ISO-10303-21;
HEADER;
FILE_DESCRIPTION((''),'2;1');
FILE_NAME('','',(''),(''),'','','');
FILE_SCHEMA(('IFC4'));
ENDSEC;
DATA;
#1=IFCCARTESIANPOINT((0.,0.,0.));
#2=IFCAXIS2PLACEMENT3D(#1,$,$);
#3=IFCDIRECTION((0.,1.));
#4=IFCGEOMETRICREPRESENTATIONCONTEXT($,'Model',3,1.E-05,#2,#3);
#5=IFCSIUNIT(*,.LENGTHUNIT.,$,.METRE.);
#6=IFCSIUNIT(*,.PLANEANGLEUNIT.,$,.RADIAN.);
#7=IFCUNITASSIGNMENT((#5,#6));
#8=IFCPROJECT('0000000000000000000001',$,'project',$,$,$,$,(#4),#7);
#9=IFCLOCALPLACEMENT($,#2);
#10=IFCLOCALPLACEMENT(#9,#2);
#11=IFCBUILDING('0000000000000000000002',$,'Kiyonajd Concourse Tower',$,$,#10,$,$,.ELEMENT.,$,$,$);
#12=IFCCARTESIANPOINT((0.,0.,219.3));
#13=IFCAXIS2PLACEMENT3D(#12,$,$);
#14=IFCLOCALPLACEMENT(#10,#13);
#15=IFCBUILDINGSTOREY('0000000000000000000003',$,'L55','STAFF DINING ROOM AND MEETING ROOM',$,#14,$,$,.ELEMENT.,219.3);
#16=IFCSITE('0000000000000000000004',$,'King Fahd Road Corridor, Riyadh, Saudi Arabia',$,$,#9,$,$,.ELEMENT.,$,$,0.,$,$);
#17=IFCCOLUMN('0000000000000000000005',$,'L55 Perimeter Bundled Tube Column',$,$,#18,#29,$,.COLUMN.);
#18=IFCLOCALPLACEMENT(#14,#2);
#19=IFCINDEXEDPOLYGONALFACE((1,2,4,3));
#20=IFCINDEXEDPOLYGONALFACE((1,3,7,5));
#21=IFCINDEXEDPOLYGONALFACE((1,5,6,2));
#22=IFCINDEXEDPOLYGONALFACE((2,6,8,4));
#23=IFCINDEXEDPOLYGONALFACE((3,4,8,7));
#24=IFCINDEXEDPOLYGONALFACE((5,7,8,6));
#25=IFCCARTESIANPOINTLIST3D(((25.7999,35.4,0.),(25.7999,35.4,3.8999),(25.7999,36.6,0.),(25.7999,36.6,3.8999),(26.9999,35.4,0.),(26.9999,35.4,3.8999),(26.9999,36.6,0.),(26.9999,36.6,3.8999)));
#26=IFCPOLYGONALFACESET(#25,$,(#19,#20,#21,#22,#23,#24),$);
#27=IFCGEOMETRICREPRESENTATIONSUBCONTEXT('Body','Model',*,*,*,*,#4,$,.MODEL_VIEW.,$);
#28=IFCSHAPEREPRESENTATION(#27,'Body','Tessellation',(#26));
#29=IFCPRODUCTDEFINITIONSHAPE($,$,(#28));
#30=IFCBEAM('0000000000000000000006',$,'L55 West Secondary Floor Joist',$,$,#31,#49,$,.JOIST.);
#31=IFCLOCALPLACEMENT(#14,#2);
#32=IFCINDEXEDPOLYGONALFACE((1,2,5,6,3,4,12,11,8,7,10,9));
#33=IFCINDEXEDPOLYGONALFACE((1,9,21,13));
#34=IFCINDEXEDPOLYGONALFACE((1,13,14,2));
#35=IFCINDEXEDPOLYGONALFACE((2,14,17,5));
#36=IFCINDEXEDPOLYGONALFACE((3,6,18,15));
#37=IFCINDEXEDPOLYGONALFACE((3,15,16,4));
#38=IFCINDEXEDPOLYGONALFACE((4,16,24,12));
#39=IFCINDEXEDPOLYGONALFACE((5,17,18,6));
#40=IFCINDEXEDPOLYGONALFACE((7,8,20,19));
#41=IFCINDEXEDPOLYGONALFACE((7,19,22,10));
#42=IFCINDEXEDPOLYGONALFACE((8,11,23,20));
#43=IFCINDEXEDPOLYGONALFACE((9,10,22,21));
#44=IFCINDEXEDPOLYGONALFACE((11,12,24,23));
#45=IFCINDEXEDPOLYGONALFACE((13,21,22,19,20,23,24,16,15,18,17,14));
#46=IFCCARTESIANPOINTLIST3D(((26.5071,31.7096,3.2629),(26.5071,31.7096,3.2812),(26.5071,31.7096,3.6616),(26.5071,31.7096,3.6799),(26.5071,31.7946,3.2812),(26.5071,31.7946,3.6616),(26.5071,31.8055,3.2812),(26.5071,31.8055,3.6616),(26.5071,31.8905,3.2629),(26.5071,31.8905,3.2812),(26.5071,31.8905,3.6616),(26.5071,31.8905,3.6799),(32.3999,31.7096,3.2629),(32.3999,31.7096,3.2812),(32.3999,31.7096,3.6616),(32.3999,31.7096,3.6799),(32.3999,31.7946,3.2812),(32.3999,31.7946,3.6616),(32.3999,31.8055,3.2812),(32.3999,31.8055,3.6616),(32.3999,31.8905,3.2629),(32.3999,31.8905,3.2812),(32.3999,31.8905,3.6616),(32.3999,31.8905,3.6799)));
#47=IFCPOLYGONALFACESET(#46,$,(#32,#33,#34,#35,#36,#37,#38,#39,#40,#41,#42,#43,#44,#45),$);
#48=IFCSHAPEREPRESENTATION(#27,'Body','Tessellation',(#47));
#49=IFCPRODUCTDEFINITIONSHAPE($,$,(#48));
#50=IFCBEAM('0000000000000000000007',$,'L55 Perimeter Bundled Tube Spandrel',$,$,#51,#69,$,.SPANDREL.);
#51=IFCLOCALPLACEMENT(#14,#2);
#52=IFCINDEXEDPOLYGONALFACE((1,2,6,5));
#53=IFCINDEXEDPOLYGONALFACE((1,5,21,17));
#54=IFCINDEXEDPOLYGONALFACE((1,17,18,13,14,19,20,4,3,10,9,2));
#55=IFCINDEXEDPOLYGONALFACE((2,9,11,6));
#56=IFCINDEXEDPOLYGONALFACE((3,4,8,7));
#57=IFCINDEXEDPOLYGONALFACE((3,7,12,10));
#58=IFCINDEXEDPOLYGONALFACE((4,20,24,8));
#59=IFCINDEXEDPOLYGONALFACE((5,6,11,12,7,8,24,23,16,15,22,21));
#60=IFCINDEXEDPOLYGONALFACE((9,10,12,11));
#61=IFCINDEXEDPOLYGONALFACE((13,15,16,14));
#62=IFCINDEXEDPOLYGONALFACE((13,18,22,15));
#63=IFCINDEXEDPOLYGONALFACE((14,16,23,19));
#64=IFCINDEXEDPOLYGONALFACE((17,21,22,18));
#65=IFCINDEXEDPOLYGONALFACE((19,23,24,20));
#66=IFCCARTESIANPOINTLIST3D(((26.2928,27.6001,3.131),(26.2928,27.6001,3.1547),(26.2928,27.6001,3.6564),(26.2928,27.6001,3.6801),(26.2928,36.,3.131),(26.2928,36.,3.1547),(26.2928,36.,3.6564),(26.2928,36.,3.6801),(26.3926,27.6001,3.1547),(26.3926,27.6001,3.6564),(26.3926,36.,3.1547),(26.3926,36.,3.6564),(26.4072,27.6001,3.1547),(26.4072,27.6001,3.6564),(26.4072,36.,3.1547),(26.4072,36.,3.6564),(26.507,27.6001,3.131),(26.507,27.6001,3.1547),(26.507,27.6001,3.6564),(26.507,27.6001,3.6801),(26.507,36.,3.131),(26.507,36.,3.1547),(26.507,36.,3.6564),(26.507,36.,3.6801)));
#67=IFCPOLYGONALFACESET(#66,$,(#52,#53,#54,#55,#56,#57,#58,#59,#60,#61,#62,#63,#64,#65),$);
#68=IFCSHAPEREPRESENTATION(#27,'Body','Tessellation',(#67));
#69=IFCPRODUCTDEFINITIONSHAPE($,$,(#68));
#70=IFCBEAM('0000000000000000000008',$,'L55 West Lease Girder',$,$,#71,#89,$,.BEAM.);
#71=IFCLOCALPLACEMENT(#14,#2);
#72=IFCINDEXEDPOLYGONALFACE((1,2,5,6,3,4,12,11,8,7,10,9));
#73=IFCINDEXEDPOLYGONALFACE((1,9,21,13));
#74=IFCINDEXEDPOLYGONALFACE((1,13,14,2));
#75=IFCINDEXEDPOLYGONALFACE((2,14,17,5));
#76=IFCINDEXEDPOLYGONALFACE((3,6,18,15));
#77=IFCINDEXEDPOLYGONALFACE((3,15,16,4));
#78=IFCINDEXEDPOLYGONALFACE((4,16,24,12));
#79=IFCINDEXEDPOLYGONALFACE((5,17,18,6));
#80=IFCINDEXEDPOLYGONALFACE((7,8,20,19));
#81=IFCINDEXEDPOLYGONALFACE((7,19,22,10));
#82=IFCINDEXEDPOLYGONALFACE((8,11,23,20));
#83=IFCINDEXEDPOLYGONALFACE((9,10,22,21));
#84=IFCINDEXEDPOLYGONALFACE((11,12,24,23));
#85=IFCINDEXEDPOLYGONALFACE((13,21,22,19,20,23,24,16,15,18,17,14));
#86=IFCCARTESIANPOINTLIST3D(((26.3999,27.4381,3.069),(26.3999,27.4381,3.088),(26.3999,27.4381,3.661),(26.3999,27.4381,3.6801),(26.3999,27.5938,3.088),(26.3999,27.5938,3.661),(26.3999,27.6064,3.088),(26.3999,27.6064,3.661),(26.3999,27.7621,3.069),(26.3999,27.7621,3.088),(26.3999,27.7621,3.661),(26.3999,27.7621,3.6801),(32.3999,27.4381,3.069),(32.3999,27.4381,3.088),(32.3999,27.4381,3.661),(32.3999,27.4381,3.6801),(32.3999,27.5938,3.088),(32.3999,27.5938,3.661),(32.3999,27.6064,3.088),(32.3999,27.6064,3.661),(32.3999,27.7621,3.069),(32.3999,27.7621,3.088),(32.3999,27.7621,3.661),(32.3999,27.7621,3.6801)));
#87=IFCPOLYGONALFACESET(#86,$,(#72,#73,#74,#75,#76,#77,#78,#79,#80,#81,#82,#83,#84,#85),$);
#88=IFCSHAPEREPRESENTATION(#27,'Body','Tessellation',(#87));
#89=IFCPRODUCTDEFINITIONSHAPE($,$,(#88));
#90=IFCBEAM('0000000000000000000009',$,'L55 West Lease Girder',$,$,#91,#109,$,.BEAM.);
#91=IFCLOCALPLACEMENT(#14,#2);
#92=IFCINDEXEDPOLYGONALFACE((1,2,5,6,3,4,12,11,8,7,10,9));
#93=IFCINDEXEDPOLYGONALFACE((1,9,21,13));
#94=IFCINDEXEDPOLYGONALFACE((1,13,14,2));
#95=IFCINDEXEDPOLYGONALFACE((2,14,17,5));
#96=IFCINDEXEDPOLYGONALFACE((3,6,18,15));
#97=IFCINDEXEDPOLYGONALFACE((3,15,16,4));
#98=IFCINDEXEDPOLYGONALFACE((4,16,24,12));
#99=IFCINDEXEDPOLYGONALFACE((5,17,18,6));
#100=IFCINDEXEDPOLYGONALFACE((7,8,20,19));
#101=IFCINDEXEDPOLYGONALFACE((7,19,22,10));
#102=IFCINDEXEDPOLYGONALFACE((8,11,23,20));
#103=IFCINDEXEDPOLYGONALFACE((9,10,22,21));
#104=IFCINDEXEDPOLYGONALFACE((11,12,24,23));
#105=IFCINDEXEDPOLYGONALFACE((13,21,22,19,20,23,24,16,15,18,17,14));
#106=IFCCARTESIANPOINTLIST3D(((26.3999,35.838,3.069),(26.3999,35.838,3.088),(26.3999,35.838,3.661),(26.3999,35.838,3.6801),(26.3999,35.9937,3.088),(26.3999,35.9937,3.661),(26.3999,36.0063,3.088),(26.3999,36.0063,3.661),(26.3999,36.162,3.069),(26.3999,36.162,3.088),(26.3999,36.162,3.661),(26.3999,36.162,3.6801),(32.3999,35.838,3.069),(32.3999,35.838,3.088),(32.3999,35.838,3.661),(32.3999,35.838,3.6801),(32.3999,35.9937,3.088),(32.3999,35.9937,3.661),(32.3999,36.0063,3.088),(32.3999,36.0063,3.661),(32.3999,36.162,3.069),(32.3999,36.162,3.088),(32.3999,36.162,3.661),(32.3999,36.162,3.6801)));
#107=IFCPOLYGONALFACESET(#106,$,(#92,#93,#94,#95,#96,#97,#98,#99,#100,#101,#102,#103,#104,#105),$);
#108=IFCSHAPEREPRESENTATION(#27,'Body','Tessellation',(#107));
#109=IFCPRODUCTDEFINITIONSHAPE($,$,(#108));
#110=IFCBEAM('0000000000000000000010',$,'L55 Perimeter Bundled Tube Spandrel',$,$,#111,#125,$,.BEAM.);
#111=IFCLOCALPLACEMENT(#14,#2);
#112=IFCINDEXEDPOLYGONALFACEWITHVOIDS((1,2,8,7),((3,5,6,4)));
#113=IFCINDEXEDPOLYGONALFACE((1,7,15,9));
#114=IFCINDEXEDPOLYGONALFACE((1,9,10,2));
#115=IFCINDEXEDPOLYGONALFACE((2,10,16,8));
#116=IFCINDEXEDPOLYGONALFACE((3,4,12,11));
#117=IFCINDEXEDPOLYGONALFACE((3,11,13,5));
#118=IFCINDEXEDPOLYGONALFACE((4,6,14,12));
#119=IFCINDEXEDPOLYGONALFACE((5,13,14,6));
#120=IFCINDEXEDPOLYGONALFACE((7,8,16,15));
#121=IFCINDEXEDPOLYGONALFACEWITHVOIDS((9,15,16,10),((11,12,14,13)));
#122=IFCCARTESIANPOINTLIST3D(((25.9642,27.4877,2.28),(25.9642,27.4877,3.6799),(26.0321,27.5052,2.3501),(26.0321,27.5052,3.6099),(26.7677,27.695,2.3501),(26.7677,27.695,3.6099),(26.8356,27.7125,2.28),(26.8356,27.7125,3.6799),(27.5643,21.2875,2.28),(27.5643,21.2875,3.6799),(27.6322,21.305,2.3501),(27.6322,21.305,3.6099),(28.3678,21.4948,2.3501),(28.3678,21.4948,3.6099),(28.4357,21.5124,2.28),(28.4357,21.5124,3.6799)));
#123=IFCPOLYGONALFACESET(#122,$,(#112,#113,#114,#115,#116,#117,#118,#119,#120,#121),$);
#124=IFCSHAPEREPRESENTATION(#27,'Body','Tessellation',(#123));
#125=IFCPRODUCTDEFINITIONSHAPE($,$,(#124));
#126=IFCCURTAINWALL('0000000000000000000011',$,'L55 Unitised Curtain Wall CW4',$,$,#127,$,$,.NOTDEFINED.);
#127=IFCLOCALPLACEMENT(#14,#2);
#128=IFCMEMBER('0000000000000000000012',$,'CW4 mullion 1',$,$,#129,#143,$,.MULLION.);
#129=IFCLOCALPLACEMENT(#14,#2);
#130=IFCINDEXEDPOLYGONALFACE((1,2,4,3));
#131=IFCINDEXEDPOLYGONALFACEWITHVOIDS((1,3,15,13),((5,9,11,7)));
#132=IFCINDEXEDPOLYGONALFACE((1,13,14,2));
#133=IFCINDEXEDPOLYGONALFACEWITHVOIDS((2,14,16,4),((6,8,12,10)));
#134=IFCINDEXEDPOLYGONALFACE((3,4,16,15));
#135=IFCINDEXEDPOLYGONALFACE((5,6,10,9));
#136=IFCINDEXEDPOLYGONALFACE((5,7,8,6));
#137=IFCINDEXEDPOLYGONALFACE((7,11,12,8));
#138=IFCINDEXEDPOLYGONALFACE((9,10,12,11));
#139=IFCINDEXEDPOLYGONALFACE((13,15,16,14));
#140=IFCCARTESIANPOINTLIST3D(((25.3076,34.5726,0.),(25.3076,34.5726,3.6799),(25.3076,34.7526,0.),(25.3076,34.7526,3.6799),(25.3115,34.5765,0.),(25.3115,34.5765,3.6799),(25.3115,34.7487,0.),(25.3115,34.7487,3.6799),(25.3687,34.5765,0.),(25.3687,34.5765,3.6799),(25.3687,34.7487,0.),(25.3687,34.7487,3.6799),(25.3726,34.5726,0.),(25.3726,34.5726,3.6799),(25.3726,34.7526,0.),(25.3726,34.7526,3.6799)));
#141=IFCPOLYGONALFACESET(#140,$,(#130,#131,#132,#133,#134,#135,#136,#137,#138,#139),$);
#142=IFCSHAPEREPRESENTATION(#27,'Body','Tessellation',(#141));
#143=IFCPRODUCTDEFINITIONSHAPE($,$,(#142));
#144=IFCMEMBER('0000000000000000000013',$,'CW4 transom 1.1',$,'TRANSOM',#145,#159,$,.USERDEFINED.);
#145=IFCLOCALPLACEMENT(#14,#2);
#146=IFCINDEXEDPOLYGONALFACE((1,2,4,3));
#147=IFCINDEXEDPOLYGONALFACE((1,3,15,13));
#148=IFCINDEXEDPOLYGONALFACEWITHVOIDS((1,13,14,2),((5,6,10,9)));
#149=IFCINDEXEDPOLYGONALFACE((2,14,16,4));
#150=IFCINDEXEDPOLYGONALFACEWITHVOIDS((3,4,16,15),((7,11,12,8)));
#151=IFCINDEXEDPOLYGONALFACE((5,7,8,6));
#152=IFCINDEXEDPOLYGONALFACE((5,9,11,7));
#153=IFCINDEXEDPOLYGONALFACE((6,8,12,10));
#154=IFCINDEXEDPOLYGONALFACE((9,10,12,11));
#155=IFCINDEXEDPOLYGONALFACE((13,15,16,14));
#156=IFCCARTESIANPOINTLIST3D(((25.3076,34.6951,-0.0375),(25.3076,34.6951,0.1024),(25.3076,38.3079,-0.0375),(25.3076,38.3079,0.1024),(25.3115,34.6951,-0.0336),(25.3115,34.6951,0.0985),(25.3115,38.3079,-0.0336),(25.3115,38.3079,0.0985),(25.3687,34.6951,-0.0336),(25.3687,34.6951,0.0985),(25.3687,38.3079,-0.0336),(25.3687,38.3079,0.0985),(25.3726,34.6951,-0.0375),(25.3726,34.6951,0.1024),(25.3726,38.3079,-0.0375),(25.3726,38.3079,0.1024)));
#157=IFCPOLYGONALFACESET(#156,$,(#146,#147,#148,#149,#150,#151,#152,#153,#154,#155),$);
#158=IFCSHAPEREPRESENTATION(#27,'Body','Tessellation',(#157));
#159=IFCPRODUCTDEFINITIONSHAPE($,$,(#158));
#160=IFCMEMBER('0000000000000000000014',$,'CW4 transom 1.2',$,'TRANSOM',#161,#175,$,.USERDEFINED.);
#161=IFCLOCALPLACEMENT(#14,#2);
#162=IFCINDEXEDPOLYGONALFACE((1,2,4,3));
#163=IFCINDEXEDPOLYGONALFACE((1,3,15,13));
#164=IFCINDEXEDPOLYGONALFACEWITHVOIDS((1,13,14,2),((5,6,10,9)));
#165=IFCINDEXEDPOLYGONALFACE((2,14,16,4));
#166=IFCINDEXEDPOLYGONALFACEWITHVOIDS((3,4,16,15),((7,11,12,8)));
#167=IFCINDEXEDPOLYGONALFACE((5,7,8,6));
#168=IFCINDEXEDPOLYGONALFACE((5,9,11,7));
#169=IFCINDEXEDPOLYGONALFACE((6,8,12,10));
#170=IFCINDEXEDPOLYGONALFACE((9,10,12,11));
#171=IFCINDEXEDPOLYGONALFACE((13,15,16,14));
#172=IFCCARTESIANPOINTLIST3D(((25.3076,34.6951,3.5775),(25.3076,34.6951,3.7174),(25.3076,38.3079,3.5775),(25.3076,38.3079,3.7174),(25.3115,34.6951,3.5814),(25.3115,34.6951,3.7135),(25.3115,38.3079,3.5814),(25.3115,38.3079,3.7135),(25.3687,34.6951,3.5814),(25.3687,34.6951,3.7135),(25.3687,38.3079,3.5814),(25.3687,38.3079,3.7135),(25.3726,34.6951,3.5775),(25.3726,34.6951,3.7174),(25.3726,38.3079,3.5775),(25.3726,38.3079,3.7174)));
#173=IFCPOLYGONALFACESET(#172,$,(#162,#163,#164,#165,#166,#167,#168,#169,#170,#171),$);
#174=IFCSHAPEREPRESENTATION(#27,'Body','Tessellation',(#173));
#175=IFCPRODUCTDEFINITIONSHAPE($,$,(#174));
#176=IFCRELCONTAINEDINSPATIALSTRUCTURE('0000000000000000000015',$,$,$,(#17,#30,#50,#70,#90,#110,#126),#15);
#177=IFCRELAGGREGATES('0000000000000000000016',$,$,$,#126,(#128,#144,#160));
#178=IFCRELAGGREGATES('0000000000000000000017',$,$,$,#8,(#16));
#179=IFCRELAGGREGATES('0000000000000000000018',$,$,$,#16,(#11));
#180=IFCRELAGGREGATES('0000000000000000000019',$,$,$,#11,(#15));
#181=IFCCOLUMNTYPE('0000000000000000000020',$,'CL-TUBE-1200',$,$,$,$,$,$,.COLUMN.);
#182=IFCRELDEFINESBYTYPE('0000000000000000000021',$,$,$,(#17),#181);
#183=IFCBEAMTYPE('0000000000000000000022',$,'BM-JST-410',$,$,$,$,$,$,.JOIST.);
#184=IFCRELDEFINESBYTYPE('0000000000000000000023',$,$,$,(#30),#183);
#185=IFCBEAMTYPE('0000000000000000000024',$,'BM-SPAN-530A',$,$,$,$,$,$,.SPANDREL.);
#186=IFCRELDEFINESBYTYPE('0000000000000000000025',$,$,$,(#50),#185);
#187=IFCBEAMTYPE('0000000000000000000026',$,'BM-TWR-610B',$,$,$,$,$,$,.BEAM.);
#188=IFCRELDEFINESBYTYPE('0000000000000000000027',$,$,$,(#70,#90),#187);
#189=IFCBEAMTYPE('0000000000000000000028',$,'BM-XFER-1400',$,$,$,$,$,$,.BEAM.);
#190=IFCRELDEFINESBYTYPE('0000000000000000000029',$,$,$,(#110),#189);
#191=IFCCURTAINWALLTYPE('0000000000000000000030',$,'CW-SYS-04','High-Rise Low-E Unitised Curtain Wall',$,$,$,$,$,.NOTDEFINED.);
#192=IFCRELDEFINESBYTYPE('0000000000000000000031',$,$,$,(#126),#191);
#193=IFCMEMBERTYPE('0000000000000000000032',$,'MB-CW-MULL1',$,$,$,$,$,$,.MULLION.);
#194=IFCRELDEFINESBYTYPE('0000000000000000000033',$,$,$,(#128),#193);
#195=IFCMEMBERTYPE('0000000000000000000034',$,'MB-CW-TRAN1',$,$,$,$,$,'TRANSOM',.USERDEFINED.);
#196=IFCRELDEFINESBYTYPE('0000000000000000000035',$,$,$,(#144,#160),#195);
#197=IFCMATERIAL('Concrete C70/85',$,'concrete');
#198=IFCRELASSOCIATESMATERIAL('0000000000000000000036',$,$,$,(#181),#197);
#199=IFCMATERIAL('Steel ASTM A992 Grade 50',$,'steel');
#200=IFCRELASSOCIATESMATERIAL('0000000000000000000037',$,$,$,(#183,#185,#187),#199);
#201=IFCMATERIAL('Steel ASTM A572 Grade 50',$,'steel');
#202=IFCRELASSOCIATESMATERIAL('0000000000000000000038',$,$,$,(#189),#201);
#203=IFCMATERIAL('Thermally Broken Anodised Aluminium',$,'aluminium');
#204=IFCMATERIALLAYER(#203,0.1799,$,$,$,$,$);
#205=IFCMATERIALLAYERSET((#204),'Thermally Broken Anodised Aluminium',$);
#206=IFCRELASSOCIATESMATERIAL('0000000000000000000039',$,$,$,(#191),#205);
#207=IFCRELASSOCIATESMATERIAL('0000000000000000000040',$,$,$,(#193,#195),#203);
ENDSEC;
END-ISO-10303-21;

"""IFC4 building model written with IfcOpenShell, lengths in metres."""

from ifc_helpers import new_model, si_unit, direction, frame, origin, origin_2d, place, context, subcontext, project, spatial, rectangle, hollow_rectangle, i_section, extrude, material, layer, layer_set, material_profile, profile_set, type_object, element, aggregate, save


model = new_model("IFC4")

# Units and contexts
model_context = context("Model", 3, precision=1e-05, world=origin(), true_north=direction((0.0, 1.0)))
body_context = subcontext(model_context, "Body", "Model", "MODEL_VIEW")
ifc_project = project(units=[si_unit("LENGTHUNIT", "METRE"), si_unit("PLANEANGLEUNIT", "RADIAN")], contexts=[model_context])

# Site, building, storey
site_placement = place(None, origin())
site = spatial("IfcSite", under=ifc_project, at=site_placement, Name="King Fahd Road Corridor, Riyadh, Saudi Arabia", CompositionType="ELEMENT", RefElevation=0.0)
building_placement = place(site_placement, origin())
building = spatial("IfcBuilding", under=site, at=building_placement, Name="Kiyonajd Concourse Tower", CompositionType="ELEMENT")
storey_placement = place(building_placement, frame((0.0, 0.0, 219.3)))
storey = spatial("IfcBuildingStorey", under=building, at=storey_placement, Name="L55", Description="STAFF DINING ROOM AND MEETING ROOM", CompositionType="ELEMENT", Elevation=219.3)

# Column
ifc_material_1 = material(Name="Concrete C70/85", Category="concrete")
ifc_material_profile_1 = material_profile(ifc_material_1, rectangle(XDim=1.2, YDim=1.2, at=origin_2d()), Name="RC-1200x1200")
ifc_profile_set_1 = profile_set([ifc_material_profile_1], Name="Concrete C70/85")
column_type = type_object("IfcColumnType", Name="CL-TUBE-1200", PredefinedType="COLUMN", material=ifc_profile_set_1)
column_placement = place(storey_placement, frame((26.3999, 36.0, 0.0), z_axis=(0.0, 0.0, 1.0), x_axis=(1.0, 0.0, 0.0)))
element("IfcColumn", 1, at=column_placement, inside=storey, type_object=column_type, Name="L55 Perimeter Bundled Tube Column", PredefinedType="COLUMN", context=body_context, shape_type="SweptSolid", body=[
    extrude(rectangle(XDim=1.2, YDim=1.2, at=origin_2d()), origin(), (0.0, 0.0, 1.0), 3.8999),
])

# Beams
ifc_material_2 = material(Name="Steel ASTM A992 Grade 50", Category="steel")
ifc_material_profile_2 = material_profile(ifc_material_2, i_section(OverallWidth=0.1809, OverallDepth=0.417, WebThickness=0.011, FlangeThickness=0.0183, at=origin_2d()), Name="W410X85")
ifc_profile_set_2 = profile_set([ifc_material_profile_2], Name="Steel ASTM A992 Grade 50")
beam_type_1 = type_object("IfcBeamType", Name="BM-JST-410", PredefinedType="JOIST", material=ifc_profile_set_2)
beam_1_placement = place(storey_placement, frame((26.5071, 31.8, 3.4714), z_axis=(1.0, 0.0, 0.0), x_axis=(0.0, 1.0, 0.0)))
element("IfcBeam", 2, at=beam_1_placement, inside=storey, type_object=beam_type_1, Name="L55 West Secondary Floor Joist", PredefinedType="JOIST", context=body_context, shape_type="SweptSolid", body=[
    extrude(i_section(OverallWidth=0.1809, OverallDepth=0.417, WebThickness=0.011, FlangeThickness=0.0183, at=origin_2d()), origin(), (0.0, 0.0, 1.0), 5.8928),
])
ifc_material_profile_3 = material_profile(ifc_material_2, i_section(OverallWidth=0.2141, OverallDepth=0.5491, WebThickness=0.0146, FlangeThickness=0.0237, at=origin_2d()), Name="W530X138")
ifc_profile_set_3 = profile_set([ifc_material_profile_3], Name="Steel ASTM A992 Grade 50")
beam_type_2 = type_object("IfcBeamType", Name="BM-SPAN-530A", PredefinedType="SPANDREL", material=ifc_profile_set_3)
beam_2_placement = place(storey_placement, frame((26.3999, 36.0, 3.4055), z_axis=(0.0, -1.0, 0.0), x_axis=(1.0, 0.0, 0.0)))
element("IfcBeam", 3, at=beam_2_placement, inside=storey, type_object=beam_type_2, Name="L55 Perimeter Bundled Tube Spandrel", PredefinedType="SPANDREL", context=body_context, shape_type="SweptSolid", body=[
    extrude(i_section(OverallWidth=0.2141, OverallDepth=0.5491, WebThickness=0.0146, FlangeThickness=0.0237, at=origin_2d()), origin(), (0.0, 0.0, 1.0), 8.3999),
])
ifc_material_profile_4 = material_profile(ifc_material_2, i_section(OverallWidth=0.324, OverallDepth=0.6111, WebThickness=0.0127, FlangeThickness=0.019, at=origin_2d()), Name="W610X155")
ifc_profile_set_4 = profile_set([ifc_material_profile_4], Name="Steel ASTM A992 Grade 50")
beam_type_3 = type_object("IfcBeamType", Name="BM-TWR-610B", PredefinedType="BEAM", material=ifc_profile_set_4)
for number, where, z_axis, x_axis, name in (
    (4, (26.3999, 27.6001, 3.3745), (1.0, 0.0, 0.0), (0.0, 1.0, 0.0), "L55 West Lease Girder"),
    (5, (26.3999, 36.0, 3.3745), (1.0, 0.0, 0.0), (0.0, 1.0, 0.0), "L55 West Lease Girder"),
):
    element("IfcBeam", number, at=place(storey_placement, frame(where, z_axis=z_axis, x_axis=x_axis)), inside=storey, type_object=beam_type_3, Name=name, PredefinedType="BEAM", context=body_context, shape_type="SweptSolid", body=[
        extrude(i_section(OverallWidth=0.324, OverallDepth=0.6111, WebThickness=0.0127, FlangeThickness=0.019, at=origin_2d()), origin(), (0.0, 0.0, 1.0), 6.0),
    ])
ifc_material_3 = material(Name="Steel ASTM A572 Grade 50", Category="steel")
ifc_material_profile_5 = material_profile(ifc_material_3, hollow_rectangle(XDim=0.8999, YDim=1.3999, WallThickness=0.0701, at=origin_2d()), Name="BOX-1400x900x70")
ifc_profile_set_5 = profile_set([ifc_material_profile_5], Name="Steel ASTM A572 Grade 50")
beam_type_4 = type_object("IfcBeamType", Name="BM-XFER-1400", PredefinedType="BEAM", material=ifc_profile_set_5)
beam_3_placement = place(storey_placement, frame((26.3999, 27.6001, 2.98), z_axis=(0.249885, -0.968276, 0.0), x_axis=(0.968276, 0.249885, 0.0)))
element("IfcBeam", 6, at=beam_3_placement, inside=storey, type_object=beam_type_4, Name="L55 Perimeter Bundled Tube Spandrel", PredefinedType="BEAM", context=body_context, shape_type="SweptSolid", body=[
    extrude(hollow_rectangle(XDim=0.8999, YDim=1.3999, WallThickness=0.0701, at=origin_2d()), origin(), (0.0, 0.0, 1.0), 6.4033),
])

# Curtain wall, members
ifc_material_4 = material(Name="Thermally Broken Anodised Aluminium", Category="aluminium")
ifc_layer_1 = layer(ifc_material_4, 0.1799)
ifc_layer_set_1 = layer_set([ifc_layer_1], Name="Thermally Broken Anodised Aluminium")
curtain_wall_type = type_object("IfcCurtainWallType", Name="CW-SYS-04", Description="High-Rise Low-E Unitised Curtain Wall", PredefinedType="NOTDEFINED", material=ifc_layer_set_1)
curtain_wall_placement = place(storey_placement, origin())
curtain_wall = element("IfcCurtainWall", 7, at=curtain_wall_placement, inside=storey, type_object=curtain_wall_type, Name="L55 Unitised Curtain Wall CW4", PredefinedType="NOTDEFINED")
ifc_material_profile_6 = material_profile(ifc_material_4, hollow_rectangle(XDim=0.0649, YDim=0.1799, WallThickness=0.0039, at=origin_2d()), Name="MULL-65x180")
ifc_profile_set_6 = profile_set([ifc_material_profile_6], Name="Thermally Broken Anodised Aluminium")
member_type_1 = type_object("IfcMemberType", Name="MB-CW-MULL1", PredefinedType="MULLION", material=ifc_profile_set_6)
member_1_placement = place(storey_placement, frame((25.3401, 34.6626, 0.0), z_axis=(0.0, 0.0, 1.0), x_axis=(-1.0, 0.0, 0.0)))
member_1 = element("IfcMember", 8, at=member_1_placement, type_object=member_type_1, Name="CW4 mullion 1", PredefinedType="MULLION", context=body_context, shape_type="SweptSolid", body=[
    extrude(hollow_rectangle(XDim=0.0649, YDim=0.1799, WallThickness=0.0039, at=origin_2d()), origin(), (0.0, 0.0, 1.0), 3.6799),
])
ifc_material_profile_7 = material_profile(ifc_material_4, hollow_rectangle(XDim=0.0649, YDim=0.1399, WallThickness=0.0039, at=origin_2d()), Name="TRAN-65x140")
ifc_profile_set_7 = profile_set([ifc_material_profile_7], Name="Thermally Broken Anodised Aluminium")
member_type_2 = type_object("IfcMemberType", Name="MB-CW-TRAN1", ElementType="TRANSOM", PredefinedType="USERDEFINED", material=ifc_profile_set_7)
member_2_placement = place(storey_placement, frame((25.3401, 34.6951, 0.0325), z_axis=(0.0, 1.0, 0.0), x_axis=(-1.0, 0.0, 0.0)))
member_2 = element("IfcMember", 9, at=member_2_placement, type_object=member_type_2, Name="CW4 transom 1.1", ObjectType="TRANSOM", PredefinedType="USERDEFINED", context=body_context, shape_type="SweptSolid", body=[
    extrude(hollow_rectangle(XDim=0.0649, YDim=0.1399, WallThickness=0.0039, at=origin_2d()), origin(), (0.0, 0.0, 1.0), 3.6128),
])
member_3_placement = place(storey_placement, frame((25.3401, 34.6951, 3.6475), z_axis=(0.0, 1.0, 0.0), x_axis=(-1.0, 0.0, 0.0)))
member_3 = element("IfcMember", 10, at=member_3_placement, type_object=member_type_2, Name="CW4 transom 1.2", ObjectType="TRANSOM", PredefinedType="USERDEFINED", context=body_context, shape_type="SweptSolid", body=[
    extrude(hollow_rectangle(XDim=0.0649, YDim=0.1399, WallThickness=0.0039, at=origin_2d()), origin(), (0.0, 0.0, 1.0), 3.6128),
])

aggregate(curtain_wall, [member_1, member_2, member_3])

save(model, "model.ifc")
